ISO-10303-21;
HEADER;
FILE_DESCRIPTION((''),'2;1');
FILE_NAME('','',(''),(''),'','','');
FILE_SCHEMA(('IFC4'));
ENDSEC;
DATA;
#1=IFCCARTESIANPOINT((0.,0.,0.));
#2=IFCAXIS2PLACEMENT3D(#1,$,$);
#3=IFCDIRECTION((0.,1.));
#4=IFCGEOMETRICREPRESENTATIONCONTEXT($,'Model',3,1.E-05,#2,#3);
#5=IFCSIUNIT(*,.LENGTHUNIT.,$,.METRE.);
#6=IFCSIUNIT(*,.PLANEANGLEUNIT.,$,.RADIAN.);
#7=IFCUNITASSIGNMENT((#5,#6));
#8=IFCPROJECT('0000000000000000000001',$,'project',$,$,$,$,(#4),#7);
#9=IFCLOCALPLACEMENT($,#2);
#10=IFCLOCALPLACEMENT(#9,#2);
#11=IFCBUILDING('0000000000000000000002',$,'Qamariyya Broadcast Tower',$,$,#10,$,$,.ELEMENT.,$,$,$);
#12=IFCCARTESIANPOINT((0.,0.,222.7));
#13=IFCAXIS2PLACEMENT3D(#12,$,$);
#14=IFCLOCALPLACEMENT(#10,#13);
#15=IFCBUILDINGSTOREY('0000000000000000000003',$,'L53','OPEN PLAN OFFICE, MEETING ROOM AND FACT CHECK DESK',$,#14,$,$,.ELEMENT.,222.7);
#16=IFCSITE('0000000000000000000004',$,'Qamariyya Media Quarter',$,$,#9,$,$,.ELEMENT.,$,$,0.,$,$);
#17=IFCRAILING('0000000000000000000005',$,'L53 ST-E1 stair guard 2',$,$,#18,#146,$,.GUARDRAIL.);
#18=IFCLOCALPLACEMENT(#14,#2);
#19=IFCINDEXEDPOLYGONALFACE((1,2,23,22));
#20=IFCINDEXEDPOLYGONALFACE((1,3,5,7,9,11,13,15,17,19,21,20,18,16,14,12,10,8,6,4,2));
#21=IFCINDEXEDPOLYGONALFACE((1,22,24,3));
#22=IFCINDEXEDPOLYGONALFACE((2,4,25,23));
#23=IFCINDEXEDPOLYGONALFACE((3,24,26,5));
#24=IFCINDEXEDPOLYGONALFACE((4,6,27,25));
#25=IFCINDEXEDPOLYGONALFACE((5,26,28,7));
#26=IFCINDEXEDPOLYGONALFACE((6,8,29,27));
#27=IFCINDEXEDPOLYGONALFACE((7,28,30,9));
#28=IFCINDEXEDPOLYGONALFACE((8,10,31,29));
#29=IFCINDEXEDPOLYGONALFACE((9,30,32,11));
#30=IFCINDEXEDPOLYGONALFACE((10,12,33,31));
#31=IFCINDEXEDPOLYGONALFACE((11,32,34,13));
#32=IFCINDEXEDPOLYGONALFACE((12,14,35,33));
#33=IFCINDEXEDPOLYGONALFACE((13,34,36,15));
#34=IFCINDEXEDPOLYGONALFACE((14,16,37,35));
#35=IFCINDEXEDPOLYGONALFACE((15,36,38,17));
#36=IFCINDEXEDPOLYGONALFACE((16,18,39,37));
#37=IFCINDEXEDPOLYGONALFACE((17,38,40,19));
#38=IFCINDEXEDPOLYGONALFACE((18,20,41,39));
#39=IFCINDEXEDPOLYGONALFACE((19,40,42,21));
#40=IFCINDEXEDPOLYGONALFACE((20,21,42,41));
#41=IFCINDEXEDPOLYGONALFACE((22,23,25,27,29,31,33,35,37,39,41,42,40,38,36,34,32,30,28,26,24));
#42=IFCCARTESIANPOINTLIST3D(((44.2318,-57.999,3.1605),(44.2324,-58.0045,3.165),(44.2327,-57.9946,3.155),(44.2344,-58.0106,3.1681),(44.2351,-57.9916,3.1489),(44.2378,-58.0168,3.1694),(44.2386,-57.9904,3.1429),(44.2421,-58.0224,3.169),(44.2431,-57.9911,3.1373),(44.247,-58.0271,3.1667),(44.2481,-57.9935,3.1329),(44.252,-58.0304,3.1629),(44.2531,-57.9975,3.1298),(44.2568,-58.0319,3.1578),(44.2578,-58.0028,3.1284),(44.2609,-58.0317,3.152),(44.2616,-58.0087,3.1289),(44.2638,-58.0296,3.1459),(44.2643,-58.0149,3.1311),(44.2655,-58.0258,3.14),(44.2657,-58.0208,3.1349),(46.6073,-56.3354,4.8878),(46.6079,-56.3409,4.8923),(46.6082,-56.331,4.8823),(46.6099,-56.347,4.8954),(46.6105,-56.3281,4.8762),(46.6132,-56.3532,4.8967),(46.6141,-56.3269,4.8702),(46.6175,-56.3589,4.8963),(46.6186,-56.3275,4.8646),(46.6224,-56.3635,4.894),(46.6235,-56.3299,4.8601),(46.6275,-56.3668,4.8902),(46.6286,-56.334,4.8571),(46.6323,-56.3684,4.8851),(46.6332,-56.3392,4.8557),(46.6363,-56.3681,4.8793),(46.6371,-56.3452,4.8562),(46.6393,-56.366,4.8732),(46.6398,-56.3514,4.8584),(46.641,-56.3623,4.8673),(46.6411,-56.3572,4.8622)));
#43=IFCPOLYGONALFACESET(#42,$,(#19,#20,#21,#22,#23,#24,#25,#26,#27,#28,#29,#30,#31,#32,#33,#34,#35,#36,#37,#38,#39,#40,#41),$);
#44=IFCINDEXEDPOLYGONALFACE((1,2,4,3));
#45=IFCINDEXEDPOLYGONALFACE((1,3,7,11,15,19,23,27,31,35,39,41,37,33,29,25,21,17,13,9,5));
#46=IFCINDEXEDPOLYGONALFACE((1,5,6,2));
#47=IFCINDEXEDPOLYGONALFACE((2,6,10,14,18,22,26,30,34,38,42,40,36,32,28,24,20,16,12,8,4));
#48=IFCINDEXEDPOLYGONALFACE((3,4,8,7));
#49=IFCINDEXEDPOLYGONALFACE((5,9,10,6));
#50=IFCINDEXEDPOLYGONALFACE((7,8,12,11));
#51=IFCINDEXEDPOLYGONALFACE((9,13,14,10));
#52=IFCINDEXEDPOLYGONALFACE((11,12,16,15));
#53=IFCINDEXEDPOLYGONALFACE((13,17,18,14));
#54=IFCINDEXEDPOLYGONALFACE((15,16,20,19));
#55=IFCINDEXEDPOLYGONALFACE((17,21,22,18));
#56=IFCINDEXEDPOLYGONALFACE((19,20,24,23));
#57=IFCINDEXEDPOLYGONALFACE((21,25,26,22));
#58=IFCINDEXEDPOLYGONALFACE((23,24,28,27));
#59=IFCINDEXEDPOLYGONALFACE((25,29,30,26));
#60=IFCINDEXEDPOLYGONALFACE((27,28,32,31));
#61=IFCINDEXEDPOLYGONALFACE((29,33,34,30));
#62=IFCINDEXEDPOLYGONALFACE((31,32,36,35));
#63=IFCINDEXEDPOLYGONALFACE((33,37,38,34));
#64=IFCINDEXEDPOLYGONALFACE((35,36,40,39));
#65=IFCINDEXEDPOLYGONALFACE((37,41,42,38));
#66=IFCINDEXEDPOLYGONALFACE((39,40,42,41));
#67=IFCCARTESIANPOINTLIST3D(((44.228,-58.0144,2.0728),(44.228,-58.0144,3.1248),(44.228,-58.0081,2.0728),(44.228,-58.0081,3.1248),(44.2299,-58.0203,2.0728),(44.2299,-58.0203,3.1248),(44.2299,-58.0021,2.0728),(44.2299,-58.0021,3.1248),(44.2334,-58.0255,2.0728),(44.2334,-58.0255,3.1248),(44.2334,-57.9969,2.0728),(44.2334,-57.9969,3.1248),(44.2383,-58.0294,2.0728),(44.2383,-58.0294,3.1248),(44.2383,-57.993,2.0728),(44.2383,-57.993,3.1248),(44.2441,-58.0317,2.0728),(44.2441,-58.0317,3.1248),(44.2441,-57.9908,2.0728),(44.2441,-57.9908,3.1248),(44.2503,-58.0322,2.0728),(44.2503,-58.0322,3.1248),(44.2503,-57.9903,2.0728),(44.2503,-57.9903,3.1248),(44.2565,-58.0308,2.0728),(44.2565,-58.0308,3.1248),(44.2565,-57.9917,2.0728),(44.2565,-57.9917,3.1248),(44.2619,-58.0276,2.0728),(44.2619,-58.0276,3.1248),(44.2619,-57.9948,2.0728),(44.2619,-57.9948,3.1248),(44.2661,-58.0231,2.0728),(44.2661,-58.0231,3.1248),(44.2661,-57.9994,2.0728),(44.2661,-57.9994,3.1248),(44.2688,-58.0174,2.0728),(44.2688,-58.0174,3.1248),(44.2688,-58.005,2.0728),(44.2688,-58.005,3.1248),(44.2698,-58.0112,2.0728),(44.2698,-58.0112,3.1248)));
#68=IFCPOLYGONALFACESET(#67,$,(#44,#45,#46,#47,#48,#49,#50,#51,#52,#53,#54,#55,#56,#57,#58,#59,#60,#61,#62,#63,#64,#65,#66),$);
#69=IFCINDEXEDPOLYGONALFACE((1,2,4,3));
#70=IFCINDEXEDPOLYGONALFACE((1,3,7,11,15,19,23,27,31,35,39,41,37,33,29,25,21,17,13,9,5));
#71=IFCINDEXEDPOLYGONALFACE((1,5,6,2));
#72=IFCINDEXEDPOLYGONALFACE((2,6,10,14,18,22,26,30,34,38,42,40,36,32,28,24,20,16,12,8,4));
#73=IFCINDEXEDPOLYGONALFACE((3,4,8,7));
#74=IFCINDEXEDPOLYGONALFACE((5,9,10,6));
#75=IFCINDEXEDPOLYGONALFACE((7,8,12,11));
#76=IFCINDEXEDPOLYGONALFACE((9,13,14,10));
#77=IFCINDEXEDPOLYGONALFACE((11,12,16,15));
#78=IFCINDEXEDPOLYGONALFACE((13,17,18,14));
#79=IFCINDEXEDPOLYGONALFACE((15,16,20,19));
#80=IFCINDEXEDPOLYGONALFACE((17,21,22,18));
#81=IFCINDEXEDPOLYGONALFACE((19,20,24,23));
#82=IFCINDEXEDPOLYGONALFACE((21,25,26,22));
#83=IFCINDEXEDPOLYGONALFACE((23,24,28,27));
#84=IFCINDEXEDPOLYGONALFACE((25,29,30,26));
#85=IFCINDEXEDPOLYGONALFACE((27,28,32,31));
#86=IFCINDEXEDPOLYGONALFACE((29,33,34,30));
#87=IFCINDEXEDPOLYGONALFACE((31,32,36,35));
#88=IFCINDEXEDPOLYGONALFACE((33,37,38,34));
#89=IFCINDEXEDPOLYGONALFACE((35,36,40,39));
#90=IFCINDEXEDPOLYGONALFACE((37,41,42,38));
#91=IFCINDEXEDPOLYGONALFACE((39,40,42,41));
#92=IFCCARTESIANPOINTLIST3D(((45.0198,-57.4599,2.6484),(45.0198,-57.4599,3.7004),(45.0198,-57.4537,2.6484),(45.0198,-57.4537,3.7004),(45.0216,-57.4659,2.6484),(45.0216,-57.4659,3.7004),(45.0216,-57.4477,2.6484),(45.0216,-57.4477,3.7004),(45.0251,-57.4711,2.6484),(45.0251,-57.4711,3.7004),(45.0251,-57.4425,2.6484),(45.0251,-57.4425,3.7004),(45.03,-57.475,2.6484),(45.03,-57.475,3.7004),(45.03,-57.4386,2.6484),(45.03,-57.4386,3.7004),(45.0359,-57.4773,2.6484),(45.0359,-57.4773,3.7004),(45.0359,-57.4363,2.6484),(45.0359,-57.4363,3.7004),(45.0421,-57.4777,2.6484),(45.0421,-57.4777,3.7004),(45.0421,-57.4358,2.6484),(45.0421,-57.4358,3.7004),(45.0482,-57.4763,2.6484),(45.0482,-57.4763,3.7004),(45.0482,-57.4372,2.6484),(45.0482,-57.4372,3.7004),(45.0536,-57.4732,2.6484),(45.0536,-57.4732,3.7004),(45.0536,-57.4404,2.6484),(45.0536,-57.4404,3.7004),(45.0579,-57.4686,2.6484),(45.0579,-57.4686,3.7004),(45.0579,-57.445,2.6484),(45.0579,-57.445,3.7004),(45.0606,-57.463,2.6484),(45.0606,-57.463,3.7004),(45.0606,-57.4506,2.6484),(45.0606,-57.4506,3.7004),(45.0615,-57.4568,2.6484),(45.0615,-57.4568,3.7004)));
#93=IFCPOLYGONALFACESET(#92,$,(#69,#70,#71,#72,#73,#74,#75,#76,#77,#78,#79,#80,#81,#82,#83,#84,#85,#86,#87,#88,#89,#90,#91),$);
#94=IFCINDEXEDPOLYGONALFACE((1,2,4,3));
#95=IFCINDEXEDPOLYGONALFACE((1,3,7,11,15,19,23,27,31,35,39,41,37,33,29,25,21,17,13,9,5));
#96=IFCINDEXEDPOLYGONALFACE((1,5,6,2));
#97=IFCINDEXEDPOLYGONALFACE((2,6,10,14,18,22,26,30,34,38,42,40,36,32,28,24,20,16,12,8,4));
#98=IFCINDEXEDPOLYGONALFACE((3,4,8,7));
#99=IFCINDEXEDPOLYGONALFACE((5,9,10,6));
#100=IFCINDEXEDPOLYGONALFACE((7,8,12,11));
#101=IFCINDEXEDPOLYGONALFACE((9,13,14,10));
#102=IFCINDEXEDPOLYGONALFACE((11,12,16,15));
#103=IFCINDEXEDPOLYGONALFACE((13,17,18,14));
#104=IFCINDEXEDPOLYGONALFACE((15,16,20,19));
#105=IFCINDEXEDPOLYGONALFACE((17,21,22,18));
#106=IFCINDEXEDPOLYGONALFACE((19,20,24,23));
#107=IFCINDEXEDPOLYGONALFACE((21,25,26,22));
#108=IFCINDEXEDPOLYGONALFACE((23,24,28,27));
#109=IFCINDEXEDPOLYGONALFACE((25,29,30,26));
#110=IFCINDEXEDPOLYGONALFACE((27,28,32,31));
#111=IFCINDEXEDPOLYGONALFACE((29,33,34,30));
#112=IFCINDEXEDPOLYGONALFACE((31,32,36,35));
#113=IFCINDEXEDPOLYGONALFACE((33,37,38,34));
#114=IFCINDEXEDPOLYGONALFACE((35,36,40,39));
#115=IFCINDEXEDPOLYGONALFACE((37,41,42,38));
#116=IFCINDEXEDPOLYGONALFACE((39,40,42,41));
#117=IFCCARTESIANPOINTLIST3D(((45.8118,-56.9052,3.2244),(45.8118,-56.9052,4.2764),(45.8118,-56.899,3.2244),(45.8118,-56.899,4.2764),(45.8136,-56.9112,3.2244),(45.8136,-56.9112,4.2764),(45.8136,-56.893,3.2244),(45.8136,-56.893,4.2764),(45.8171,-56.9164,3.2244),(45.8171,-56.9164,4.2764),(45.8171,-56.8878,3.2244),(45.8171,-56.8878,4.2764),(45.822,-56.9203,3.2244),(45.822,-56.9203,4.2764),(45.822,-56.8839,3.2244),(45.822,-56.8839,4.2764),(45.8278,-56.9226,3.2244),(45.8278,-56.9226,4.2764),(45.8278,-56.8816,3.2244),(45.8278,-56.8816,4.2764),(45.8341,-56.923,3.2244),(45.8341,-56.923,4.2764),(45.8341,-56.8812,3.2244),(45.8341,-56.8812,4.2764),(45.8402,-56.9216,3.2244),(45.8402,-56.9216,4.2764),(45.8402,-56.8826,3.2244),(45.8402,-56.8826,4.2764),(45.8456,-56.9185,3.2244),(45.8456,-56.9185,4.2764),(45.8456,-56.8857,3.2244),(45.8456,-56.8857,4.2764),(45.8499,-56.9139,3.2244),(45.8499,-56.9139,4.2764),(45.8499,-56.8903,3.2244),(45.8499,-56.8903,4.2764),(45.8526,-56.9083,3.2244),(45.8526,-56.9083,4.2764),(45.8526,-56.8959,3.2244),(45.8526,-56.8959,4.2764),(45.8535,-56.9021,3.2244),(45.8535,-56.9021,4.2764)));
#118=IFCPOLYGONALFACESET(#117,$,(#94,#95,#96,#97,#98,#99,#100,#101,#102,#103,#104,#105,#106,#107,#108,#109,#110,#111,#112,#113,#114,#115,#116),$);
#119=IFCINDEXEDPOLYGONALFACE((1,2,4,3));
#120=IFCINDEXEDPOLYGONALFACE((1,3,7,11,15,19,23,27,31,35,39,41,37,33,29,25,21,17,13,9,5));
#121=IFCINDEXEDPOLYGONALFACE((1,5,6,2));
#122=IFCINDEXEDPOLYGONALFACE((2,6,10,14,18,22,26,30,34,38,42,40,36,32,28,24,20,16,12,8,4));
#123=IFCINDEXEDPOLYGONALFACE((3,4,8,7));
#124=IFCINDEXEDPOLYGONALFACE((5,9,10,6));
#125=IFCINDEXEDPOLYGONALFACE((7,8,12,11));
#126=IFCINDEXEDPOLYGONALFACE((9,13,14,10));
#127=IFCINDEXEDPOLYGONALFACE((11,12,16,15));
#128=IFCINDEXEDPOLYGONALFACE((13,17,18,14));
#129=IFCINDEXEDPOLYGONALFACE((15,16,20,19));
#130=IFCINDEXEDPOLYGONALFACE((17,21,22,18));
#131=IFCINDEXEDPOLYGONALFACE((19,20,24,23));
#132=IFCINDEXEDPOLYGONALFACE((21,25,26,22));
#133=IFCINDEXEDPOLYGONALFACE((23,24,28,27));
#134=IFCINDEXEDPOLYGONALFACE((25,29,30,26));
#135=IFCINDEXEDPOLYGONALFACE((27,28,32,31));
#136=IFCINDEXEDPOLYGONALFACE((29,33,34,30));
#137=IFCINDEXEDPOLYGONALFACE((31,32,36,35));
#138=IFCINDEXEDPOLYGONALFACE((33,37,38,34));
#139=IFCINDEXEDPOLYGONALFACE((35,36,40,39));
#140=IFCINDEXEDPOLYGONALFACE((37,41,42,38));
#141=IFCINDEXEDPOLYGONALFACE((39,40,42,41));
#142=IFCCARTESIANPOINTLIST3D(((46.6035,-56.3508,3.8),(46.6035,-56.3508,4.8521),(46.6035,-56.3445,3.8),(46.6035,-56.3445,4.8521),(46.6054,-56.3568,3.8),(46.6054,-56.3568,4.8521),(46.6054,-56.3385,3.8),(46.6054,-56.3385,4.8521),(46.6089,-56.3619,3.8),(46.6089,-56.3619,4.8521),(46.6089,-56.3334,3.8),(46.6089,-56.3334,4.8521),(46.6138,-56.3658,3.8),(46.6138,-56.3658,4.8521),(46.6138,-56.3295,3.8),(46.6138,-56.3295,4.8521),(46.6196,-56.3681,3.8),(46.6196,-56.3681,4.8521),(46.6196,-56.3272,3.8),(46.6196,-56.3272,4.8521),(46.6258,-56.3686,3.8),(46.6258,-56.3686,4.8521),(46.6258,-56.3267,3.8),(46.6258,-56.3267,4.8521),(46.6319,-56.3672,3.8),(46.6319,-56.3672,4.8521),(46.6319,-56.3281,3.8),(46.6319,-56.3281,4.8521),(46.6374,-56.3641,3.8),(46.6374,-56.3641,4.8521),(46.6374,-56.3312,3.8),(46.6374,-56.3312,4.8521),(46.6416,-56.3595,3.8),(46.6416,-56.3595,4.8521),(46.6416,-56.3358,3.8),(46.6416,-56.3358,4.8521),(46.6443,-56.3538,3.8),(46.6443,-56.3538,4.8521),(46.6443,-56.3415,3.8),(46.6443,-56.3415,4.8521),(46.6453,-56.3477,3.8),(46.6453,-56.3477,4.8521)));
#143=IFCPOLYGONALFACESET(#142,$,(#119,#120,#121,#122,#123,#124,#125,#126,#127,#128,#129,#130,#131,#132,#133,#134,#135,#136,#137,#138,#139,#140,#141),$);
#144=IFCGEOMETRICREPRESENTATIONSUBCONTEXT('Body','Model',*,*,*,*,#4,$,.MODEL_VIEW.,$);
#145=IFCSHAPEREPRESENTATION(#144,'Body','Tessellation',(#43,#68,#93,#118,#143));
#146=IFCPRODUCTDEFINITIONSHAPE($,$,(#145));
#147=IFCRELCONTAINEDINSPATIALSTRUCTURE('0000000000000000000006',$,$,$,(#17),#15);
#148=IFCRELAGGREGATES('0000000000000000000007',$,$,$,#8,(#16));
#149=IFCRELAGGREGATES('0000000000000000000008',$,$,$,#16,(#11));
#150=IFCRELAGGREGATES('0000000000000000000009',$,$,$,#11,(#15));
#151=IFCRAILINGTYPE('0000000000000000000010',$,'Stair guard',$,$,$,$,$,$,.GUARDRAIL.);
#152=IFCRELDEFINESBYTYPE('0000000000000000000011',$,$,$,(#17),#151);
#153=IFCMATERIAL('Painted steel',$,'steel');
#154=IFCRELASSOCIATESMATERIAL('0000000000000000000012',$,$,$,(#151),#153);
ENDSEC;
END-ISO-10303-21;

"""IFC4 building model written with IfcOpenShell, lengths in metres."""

from ifc_helpers import new_model, si_unit, direction, frame, origin, origin_2d, place, context, subcontext, project, spatial, circle, extrude, material, type_object, element, save


model = new_model("IFC4")

# Units and contexts
model_context = context("Model", 3, precision=1e-05, world=origin(), true_north=direction((0.0, 1.0)))
body_context = subcontext(model_context, "Body", "Model", "MODEL_VIEW")
ifc_project = project(units=[si_unit("LENGTHUNIT", "METRE"), si_unit("PLANEANGLEUNIT", "RADIAN")], contexts=[model_context])

# Site, building, storey
site_placement = place(None, origin())
site = spatial("IfcSite", under=ifc_project, at=site_placement, Name="Qamariyya Media Quarter", CompositionType="ELEMENT", RefElevation=0.0)
building_placement = place(site_placement, origin())
building = spatial("IfcBuilding", under=site, at=building_placement, Name="Qamariyya Broadcast Tower", CompositionType="ELEMENT")
storey_placement = place(building_placement, frame((0.0, 0.0, 222.7)))
storey = spatial("IfcBuildingStorey", under=building, at=storey_placement, Name="L53", Description="OPEN PLAN OFFICE, MEETING ROOM AND FACT CHECK DESK", CompositionType="ELEMENT", Elevation=222.7)

# Railing
ifc_material_1 = material(Name="Painted steel", Category="steel")
railing_type_1 = type_object("IfcRailingType", Name="Stair guard", PredefinedType="GUARDRAIL", material=ifc_material_1)
railing_1_placement = place(storey_placement, frame((44.2488, -58.0112, 2.0728)))
element("IfcRailing", 1, at=railing_1_placement, inside=storey, type_object=railing_type_1, Name="L53 ST-E1 stair guard 2", PredefinedType="GUARDRAIL", context=body_context, shape_type="SweptSolid", body=[
    extrude(circle(Radius=0.0239, at=origin_2d()), frame((0.0, 0.0, 1.0762), z_axis=(0.703745, 0.492838, 0.511716), x_axis=(-0.573632, 0.819113, 0.0)), (0.0, 0.0, 1.0), 3.3755),
    extrude(circle(Radius=0.021, at=origin_2d()), origin(), (0.0, 0.0, 1.0), 1.052),
    extrude(circle(Radius=0.021, at=origin_2d()), frame((0.7917, 0.5544, 0.5757)), (0.0, 0.0, 1.0), 1.052),
    extrude(circle(Radius=0.021, at=origin_2d()), frame((1.5837, 1.1091, 1.1516)), (0.0, 0.0, 1.0), 1.052),
    extrude(circle(Radius=0.021, at=origin_2d()), frame((2.3755, 1.6636, 1.7273)), (0.0, 0.0, 1.0), 1.052),
])

save(model, "model.ifc")
